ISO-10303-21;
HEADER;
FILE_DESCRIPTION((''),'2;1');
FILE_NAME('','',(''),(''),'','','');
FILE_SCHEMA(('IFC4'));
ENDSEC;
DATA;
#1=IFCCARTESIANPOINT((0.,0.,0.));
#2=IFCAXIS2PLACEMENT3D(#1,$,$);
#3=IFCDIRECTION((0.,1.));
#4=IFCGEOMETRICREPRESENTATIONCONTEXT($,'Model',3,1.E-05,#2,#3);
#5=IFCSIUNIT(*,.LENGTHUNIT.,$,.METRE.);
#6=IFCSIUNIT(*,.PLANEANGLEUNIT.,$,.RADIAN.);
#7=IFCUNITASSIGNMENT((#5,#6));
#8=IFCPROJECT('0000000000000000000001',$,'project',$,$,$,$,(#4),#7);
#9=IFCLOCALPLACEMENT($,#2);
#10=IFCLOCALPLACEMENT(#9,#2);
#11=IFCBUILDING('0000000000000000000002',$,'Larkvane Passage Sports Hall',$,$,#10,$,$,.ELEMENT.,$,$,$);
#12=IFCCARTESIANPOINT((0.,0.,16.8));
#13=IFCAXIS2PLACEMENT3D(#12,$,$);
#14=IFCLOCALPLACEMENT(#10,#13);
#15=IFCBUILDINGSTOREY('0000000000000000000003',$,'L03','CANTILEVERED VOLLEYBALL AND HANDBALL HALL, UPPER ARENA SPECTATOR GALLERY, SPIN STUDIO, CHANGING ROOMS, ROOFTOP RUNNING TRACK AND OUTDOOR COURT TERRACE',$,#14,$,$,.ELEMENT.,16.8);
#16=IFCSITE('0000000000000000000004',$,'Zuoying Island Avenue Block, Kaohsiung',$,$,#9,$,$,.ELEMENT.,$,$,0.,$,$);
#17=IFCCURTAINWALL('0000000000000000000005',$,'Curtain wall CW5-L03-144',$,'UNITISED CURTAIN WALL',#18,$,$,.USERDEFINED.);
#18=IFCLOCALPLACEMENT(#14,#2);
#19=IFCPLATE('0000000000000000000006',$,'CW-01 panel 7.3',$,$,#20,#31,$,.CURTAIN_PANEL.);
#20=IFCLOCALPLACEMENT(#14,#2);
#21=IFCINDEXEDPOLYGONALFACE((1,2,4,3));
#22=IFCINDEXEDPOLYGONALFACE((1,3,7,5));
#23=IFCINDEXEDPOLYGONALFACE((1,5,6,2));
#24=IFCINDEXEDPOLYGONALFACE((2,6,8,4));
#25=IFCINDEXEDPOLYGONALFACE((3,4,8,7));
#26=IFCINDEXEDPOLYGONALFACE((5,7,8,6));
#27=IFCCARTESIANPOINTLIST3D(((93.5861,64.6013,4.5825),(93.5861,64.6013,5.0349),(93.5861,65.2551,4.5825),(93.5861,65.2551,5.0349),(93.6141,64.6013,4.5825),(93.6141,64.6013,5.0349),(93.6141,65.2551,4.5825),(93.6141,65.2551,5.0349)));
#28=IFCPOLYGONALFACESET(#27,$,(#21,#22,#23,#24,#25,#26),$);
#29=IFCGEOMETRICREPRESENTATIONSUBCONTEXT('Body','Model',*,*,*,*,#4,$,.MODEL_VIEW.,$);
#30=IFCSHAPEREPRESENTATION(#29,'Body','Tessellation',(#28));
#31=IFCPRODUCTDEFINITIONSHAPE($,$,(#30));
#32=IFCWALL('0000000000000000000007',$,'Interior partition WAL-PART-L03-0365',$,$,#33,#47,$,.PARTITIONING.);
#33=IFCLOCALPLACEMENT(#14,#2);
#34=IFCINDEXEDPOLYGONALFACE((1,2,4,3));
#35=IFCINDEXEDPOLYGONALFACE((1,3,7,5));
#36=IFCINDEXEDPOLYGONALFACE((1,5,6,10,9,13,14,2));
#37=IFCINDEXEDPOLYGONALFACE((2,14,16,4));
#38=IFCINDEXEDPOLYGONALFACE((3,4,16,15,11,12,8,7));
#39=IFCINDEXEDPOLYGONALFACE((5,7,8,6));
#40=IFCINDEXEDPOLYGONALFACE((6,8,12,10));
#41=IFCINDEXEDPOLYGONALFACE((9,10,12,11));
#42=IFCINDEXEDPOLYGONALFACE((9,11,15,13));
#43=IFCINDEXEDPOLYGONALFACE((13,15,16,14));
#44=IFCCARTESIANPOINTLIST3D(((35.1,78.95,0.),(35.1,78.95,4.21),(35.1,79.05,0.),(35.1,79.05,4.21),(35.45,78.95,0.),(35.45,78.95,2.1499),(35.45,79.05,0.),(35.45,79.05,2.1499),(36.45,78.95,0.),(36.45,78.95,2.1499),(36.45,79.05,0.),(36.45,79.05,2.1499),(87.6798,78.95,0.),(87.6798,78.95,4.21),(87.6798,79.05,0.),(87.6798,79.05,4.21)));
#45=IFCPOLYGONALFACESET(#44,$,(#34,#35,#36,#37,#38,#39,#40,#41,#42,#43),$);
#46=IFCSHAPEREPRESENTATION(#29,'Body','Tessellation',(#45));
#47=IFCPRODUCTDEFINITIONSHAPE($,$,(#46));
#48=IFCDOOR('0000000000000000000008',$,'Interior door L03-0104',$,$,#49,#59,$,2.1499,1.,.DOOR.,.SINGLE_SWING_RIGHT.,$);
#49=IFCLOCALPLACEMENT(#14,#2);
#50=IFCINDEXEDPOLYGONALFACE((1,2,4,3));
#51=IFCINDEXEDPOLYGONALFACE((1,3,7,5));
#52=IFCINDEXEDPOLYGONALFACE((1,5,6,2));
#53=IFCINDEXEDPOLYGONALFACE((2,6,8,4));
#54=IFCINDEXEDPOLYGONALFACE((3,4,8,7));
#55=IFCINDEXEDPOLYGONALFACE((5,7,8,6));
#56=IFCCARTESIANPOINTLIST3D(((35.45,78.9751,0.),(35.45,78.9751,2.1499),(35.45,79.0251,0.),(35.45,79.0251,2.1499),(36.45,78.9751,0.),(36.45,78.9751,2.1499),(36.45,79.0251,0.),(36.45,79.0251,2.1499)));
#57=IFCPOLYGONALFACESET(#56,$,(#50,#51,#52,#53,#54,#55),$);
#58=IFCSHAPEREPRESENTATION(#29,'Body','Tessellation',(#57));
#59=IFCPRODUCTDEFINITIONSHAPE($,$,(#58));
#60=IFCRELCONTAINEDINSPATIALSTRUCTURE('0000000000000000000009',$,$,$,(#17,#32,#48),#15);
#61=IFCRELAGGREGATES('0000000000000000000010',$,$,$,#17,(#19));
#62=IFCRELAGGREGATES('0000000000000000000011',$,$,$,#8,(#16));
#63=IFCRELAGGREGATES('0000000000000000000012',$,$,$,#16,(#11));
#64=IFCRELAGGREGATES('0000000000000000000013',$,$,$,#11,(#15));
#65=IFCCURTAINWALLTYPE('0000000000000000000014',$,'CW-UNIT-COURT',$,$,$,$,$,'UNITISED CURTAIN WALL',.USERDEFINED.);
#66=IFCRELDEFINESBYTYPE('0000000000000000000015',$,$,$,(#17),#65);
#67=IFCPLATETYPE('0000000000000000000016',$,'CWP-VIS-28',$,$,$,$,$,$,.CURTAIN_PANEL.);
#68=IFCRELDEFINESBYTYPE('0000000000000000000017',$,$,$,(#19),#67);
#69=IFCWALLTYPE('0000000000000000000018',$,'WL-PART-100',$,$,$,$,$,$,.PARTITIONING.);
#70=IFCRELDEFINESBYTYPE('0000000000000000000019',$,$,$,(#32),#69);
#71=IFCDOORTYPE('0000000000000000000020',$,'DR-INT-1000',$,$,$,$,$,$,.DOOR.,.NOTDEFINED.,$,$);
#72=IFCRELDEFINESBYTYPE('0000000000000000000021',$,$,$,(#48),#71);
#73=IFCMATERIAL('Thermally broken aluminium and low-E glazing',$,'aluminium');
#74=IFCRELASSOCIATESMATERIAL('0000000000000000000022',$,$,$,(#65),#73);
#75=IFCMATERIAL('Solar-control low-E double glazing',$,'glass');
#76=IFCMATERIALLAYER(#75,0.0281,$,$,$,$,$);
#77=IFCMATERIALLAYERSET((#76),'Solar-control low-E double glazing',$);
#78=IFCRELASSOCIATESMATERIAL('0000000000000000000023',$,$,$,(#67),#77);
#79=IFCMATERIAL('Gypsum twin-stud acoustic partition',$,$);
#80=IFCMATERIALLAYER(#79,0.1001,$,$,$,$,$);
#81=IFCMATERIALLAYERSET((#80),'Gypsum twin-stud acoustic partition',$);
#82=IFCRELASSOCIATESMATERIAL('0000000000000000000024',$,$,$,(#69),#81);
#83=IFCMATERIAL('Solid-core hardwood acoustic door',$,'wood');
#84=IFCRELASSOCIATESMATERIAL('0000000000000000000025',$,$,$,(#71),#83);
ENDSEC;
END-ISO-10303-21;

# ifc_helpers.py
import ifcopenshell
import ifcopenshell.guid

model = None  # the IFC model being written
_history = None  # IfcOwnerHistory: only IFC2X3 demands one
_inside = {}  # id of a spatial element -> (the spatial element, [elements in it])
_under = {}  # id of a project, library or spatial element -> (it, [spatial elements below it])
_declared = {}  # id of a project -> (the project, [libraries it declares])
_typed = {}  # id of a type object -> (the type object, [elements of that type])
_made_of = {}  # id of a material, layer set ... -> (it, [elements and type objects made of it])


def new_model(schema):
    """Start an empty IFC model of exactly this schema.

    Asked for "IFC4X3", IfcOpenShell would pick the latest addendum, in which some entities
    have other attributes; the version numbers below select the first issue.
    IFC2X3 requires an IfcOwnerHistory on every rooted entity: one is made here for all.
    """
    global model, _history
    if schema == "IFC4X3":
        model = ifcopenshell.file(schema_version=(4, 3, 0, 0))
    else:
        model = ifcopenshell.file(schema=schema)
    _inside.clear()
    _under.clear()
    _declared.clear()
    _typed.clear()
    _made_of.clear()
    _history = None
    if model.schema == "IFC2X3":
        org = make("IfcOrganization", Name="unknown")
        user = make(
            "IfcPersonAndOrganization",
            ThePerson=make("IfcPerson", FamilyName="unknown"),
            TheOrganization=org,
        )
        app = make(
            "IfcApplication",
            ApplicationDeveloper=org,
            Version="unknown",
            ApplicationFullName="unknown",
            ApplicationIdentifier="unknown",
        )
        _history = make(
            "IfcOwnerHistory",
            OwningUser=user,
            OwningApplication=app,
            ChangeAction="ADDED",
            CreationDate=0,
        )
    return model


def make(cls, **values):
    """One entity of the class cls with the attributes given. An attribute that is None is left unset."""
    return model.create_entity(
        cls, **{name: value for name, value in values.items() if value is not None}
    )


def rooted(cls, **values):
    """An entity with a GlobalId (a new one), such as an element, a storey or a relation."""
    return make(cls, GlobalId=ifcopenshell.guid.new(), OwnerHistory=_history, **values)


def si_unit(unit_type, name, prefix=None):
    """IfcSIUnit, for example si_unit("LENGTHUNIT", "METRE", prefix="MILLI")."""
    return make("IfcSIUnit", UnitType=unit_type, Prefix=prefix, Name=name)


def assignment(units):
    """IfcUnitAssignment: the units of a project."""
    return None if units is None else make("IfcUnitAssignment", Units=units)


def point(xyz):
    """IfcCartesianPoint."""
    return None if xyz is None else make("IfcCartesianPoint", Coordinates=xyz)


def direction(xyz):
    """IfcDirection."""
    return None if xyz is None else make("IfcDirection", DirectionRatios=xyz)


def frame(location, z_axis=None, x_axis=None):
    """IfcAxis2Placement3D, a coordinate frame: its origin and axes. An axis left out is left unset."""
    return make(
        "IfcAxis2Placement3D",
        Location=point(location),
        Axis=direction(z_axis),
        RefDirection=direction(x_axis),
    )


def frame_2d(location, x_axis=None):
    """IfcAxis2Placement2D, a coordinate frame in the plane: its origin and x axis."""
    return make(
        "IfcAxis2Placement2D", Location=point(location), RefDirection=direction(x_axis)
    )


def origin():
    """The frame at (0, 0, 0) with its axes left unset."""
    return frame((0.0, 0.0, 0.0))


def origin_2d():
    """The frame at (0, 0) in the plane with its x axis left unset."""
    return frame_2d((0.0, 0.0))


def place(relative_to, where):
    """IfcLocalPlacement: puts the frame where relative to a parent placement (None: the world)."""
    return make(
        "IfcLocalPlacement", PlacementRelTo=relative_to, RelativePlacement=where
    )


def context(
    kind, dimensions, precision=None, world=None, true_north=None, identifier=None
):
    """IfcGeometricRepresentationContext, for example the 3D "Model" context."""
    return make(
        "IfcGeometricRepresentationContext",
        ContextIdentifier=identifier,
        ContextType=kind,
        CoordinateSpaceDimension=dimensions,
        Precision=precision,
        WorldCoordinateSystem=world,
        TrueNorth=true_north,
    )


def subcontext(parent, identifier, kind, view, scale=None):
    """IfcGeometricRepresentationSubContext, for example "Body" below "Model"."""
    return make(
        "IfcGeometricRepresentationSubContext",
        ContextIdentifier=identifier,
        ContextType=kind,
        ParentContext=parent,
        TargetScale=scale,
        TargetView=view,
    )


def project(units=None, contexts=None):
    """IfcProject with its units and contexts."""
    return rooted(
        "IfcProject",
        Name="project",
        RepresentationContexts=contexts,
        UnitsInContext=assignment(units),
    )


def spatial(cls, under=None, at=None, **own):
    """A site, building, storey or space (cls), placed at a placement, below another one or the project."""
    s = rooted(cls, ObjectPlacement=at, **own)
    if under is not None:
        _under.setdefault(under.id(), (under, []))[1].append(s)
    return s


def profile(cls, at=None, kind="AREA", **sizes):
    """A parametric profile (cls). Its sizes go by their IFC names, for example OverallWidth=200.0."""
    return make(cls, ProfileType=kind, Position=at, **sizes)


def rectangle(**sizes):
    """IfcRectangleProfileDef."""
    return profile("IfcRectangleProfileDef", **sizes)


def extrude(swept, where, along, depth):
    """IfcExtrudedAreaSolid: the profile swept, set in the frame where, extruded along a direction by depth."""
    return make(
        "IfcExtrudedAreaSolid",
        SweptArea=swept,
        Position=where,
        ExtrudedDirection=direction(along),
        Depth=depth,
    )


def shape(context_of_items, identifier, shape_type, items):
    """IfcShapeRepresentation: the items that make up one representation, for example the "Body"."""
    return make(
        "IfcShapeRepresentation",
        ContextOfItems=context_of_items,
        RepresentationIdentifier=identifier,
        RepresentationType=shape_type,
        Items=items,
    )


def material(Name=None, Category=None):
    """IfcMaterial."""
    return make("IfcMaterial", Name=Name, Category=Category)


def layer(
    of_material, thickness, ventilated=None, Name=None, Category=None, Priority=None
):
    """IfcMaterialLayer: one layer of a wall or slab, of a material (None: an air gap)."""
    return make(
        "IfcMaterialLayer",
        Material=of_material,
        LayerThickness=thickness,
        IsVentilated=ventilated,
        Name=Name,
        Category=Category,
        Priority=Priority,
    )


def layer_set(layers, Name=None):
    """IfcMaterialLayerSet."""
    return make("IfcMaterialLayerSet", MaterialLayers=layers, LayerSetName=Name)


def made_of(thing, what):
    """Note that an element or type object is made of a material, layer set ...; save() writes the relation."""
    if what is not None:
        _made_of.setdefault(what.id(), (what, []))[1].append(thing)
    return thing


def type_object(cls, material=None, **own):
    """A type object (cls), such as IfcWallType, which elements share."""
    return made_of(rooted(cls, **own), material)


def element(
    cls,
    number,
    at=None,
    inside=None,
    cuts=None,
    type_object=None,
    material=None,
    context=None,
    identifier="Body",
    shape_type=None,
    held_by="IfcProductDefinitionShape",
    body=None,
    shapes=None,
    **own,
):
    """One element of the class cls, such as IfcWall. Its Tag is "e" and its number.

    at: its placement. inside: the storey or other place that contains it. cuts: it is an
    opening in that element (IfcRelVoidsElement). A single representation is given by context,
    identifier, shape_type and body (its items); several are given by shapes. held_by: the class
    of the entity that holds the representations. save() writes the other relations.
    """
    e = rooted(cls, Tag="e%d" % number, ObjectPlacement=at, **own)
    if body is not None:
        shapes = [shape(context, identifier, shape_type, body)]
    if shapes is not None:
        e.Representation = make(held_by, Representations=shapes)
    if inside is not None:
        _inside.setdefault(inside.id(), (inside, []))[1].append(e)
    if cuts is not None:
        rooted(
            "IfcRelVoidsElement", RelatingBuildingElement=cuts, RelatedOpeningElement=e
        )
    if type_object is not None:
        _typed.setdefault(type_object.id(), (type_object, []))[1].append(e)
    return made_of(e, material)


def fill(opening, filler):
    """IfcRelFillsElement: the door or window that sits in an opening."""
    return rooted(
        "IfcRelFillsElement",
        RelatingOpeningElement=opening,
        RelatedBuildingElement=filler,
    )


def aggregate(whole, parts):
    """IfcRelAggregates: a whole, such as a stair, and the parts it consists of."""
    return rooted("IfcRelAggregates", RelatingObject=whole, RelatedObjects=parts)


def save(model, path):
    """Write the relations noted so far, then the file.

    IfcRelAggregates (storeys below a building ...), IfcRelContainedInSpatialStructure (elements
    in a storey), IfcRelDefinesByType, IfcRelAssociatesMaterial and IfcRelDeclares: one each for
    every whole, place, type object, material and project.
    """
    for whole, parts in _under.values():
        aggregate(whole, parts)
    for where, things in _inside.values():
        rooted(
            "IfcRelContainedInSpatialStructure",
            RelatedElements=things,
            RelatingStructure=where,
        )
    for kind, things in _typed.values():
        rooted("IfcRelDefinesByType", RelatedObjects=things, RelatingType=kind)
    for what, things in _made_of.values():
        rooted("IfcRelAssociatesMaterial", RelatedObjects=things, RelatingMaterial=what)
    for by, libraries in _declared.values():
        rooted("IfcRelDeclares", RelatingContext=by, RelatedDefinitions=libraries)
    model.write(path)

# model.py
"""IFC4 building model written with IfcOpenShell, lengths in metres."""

from ifc_helpers import new_model, si_unit, direction, frame, frame_2d, origin, origin_2d, place, context, subcontext, project, spatial, rectangle, extrude, material, layer, layer_set, type_object, element, fill, aggregate, save


model = new_model("IFC4")

# Units and contexts
model_context = context("Model", 3, precision=1e-05, world=origin(), true_north=direction((0.0, 1.0)))
body_context = subcontext(model_context, "Body", "Model", "MODEL_VIEW")
ifc_project = project(units=[si_unit("LENGTHUNIT", "METRE"), si_unit("PLANEANGLEUNIT", "RADIAN")], contexts=[model_context])

# Site, building, storey
site_placement = place(None, origin())
site = spatial("IfcSite", under=ifc_project, at=site_placement, Name="Zuoying Island Avenue Block, Kaohsiung", CompositionType="ELEMENT", RefElevation=0.0)
building_placement = place(site_placement, origin())
building = spatial("IfcBuilding", under=site, at=building_placement, Name="Larkvane Passage Sports Hall", CompositionType="ELEMENT")
storey_placement = place(building_placement, frame((0.0, 0.0, 16.8)))
storey = spatial("IfcBuildingStorey", under=building, at=storey_placement, Name="L03", Description="CANTILEVERED VOLLEYBALL AND HANDBALL HALL, UPPER ARENA SPECTATOR GALLERY, SPIN STUDIO, CHANGING ROOMS, ROOFTOP RUNNING TRACK AND OUTDOOR COURT TERRACE", CompositionType="ELEMENT", Elevation=16.8)

# Curtain wall
ifc_material_1 = material(Name="Thermally broken aluminium and low-E glazing", Category="aluminium")
curtain_wall_type = type_object("IfcCurtainWallType", Name="CW-UNIT-COURT", ElementType="UNITISED CURTAIN WALL", PredefinedType="USERDEFINED", material=ifc_material_1)
curtain_wall_placement = place(storey_placement, origin())
curtain_wall = element("IfcCurtainWall", 1, at=curtain_wall_placement, inside=storey, type_object=curtain_wall_type, Name="Curtain wall CW5-L03-144", ObjectType="UNITISED CURTAIN WALL", PredefinedType="USERDEFINED")

# Plate
ifc_material_2 = material(Name="Solar-control low-E double glazing", Category="glass")
ifc_layer_1 = layer(ifc_material_2, 0.0281)
ifc_layer_set_1 = layer_set([ifc_layer_1], Name="Solar-control low-E double glazing")
plate_type_1 = type_object("IfcPlateType", Name="CWP-VIS-28", PredefinedType="CURTAIN_PANEL", material=ifc_layer_set_1)
plate_1_placement = place(storey_placement, frame((93.6001, 64.9282, 4.5825), z_axis=(0.0, 0.0, 1.0), x_axis=(0.0, -1.0, 0.0)))
plate_1 = element("IfcPlate", 2, at=plate_1_placement, type_object=plate_type_1, Name="CW-01 panel 7.3", PredefinedType="CURTAIN_PANEL", context=body_context, shape_type="SweptSolid", body=[
    extrude(rectangle(XDim=0.6538, YDim=0.0281, at=origin_2d()), origin(), (0.0, 0.0, 1.0), 0.4524),
])
aggregate(curtain_wall, [plate_1])

# Wall, opening, door
ifc_material_3 = material(Name="Gypsum twin-stud acoustic partition")
ifc_layer_2 = layer(ifc_material_3, 0.1001)
ifc_layer_set_2 = layer_set([ifc_layer_2], Name="Gypsum twin-stud acoustic partition")
wall_type = type_object("IfcWallType", Name="WL-PART-100", PredefinedType="PARTITIONING", material=ifc_layer_set_2)
wall_placement = place(storey_placement, frame((87.6799, 79.0, 0.0), z_axis=(0.0, 0.0, 1.0), x_axis=(-1.0, 0.0, 0.0)))
wall = element("IfcWall", 3, at=wall_placement, inside=storey, type_object=wall_type, Name="Interior partition WAL-PART-L03-0365", PredefinedType="PARTITIONING", context=body_context, shape_type="SweptSolid", body=[
    extrude(rectangle(XDim=52.5798, YDim=0.1001, at=frame_2d((26.29, 0.0))), origin(), (0.0, 0.0, 1.0), 4.21),
])
opening_placement = place(wall_placement, frame((51.23, 0.0, 0.0)))
opening = element("IfcOpeningElement", 4, at=opening_placement, cuts=wall, PredefinedType="OPENING", context=body_context, shape_type="SweptSolid", body=[
    extrude(rectangle(XDim=1.0, YDim=2.1499, at=frame_2d((0.5, 1.075))), frame((0.0, 0.0601, 0.0), z_axis=(0.0, -1.0, 0.0), x_axis=(1.0, 0.0, 0.0)), (0.0, 0.0, 1.0), 0.1201),
])
ifc_material_4 = material(Name="Solid-core hardwood acoustic door", Category="wood")
door_type = type_object("IfcDoorType", Name="DR-INT-1000", OperationType="NOTDEFINED", PredefinedType="DOOR", material=ifc_material_4)
door_placement = place(opening_placement, origin())
door = element("IfcDoor", 5, at=door_placement, inside=storey, type_object=door_type, Name="Interior door L03-0104", OperationType="SINGLE_SWING_RIGHT", OverallHeight=2.1499, OverallWidth=1.0, PredefinedType="DOOR", context=body_context, shape_type="SweptSolid", body=[
    extrude(rectangle(XDim=1.0, YDim=2.1499, at=frame_2d((0.5, 1.075))), frame((0.0, 0.0249, 0.0), z_axis=(0.0, -1.0, 0.0), x_axis=(1.0, 0.0, 0.0)), (0.0, 0.0, 1.0), 0.05),
])
fill(opening, door)

save(model, "model.ifc")
